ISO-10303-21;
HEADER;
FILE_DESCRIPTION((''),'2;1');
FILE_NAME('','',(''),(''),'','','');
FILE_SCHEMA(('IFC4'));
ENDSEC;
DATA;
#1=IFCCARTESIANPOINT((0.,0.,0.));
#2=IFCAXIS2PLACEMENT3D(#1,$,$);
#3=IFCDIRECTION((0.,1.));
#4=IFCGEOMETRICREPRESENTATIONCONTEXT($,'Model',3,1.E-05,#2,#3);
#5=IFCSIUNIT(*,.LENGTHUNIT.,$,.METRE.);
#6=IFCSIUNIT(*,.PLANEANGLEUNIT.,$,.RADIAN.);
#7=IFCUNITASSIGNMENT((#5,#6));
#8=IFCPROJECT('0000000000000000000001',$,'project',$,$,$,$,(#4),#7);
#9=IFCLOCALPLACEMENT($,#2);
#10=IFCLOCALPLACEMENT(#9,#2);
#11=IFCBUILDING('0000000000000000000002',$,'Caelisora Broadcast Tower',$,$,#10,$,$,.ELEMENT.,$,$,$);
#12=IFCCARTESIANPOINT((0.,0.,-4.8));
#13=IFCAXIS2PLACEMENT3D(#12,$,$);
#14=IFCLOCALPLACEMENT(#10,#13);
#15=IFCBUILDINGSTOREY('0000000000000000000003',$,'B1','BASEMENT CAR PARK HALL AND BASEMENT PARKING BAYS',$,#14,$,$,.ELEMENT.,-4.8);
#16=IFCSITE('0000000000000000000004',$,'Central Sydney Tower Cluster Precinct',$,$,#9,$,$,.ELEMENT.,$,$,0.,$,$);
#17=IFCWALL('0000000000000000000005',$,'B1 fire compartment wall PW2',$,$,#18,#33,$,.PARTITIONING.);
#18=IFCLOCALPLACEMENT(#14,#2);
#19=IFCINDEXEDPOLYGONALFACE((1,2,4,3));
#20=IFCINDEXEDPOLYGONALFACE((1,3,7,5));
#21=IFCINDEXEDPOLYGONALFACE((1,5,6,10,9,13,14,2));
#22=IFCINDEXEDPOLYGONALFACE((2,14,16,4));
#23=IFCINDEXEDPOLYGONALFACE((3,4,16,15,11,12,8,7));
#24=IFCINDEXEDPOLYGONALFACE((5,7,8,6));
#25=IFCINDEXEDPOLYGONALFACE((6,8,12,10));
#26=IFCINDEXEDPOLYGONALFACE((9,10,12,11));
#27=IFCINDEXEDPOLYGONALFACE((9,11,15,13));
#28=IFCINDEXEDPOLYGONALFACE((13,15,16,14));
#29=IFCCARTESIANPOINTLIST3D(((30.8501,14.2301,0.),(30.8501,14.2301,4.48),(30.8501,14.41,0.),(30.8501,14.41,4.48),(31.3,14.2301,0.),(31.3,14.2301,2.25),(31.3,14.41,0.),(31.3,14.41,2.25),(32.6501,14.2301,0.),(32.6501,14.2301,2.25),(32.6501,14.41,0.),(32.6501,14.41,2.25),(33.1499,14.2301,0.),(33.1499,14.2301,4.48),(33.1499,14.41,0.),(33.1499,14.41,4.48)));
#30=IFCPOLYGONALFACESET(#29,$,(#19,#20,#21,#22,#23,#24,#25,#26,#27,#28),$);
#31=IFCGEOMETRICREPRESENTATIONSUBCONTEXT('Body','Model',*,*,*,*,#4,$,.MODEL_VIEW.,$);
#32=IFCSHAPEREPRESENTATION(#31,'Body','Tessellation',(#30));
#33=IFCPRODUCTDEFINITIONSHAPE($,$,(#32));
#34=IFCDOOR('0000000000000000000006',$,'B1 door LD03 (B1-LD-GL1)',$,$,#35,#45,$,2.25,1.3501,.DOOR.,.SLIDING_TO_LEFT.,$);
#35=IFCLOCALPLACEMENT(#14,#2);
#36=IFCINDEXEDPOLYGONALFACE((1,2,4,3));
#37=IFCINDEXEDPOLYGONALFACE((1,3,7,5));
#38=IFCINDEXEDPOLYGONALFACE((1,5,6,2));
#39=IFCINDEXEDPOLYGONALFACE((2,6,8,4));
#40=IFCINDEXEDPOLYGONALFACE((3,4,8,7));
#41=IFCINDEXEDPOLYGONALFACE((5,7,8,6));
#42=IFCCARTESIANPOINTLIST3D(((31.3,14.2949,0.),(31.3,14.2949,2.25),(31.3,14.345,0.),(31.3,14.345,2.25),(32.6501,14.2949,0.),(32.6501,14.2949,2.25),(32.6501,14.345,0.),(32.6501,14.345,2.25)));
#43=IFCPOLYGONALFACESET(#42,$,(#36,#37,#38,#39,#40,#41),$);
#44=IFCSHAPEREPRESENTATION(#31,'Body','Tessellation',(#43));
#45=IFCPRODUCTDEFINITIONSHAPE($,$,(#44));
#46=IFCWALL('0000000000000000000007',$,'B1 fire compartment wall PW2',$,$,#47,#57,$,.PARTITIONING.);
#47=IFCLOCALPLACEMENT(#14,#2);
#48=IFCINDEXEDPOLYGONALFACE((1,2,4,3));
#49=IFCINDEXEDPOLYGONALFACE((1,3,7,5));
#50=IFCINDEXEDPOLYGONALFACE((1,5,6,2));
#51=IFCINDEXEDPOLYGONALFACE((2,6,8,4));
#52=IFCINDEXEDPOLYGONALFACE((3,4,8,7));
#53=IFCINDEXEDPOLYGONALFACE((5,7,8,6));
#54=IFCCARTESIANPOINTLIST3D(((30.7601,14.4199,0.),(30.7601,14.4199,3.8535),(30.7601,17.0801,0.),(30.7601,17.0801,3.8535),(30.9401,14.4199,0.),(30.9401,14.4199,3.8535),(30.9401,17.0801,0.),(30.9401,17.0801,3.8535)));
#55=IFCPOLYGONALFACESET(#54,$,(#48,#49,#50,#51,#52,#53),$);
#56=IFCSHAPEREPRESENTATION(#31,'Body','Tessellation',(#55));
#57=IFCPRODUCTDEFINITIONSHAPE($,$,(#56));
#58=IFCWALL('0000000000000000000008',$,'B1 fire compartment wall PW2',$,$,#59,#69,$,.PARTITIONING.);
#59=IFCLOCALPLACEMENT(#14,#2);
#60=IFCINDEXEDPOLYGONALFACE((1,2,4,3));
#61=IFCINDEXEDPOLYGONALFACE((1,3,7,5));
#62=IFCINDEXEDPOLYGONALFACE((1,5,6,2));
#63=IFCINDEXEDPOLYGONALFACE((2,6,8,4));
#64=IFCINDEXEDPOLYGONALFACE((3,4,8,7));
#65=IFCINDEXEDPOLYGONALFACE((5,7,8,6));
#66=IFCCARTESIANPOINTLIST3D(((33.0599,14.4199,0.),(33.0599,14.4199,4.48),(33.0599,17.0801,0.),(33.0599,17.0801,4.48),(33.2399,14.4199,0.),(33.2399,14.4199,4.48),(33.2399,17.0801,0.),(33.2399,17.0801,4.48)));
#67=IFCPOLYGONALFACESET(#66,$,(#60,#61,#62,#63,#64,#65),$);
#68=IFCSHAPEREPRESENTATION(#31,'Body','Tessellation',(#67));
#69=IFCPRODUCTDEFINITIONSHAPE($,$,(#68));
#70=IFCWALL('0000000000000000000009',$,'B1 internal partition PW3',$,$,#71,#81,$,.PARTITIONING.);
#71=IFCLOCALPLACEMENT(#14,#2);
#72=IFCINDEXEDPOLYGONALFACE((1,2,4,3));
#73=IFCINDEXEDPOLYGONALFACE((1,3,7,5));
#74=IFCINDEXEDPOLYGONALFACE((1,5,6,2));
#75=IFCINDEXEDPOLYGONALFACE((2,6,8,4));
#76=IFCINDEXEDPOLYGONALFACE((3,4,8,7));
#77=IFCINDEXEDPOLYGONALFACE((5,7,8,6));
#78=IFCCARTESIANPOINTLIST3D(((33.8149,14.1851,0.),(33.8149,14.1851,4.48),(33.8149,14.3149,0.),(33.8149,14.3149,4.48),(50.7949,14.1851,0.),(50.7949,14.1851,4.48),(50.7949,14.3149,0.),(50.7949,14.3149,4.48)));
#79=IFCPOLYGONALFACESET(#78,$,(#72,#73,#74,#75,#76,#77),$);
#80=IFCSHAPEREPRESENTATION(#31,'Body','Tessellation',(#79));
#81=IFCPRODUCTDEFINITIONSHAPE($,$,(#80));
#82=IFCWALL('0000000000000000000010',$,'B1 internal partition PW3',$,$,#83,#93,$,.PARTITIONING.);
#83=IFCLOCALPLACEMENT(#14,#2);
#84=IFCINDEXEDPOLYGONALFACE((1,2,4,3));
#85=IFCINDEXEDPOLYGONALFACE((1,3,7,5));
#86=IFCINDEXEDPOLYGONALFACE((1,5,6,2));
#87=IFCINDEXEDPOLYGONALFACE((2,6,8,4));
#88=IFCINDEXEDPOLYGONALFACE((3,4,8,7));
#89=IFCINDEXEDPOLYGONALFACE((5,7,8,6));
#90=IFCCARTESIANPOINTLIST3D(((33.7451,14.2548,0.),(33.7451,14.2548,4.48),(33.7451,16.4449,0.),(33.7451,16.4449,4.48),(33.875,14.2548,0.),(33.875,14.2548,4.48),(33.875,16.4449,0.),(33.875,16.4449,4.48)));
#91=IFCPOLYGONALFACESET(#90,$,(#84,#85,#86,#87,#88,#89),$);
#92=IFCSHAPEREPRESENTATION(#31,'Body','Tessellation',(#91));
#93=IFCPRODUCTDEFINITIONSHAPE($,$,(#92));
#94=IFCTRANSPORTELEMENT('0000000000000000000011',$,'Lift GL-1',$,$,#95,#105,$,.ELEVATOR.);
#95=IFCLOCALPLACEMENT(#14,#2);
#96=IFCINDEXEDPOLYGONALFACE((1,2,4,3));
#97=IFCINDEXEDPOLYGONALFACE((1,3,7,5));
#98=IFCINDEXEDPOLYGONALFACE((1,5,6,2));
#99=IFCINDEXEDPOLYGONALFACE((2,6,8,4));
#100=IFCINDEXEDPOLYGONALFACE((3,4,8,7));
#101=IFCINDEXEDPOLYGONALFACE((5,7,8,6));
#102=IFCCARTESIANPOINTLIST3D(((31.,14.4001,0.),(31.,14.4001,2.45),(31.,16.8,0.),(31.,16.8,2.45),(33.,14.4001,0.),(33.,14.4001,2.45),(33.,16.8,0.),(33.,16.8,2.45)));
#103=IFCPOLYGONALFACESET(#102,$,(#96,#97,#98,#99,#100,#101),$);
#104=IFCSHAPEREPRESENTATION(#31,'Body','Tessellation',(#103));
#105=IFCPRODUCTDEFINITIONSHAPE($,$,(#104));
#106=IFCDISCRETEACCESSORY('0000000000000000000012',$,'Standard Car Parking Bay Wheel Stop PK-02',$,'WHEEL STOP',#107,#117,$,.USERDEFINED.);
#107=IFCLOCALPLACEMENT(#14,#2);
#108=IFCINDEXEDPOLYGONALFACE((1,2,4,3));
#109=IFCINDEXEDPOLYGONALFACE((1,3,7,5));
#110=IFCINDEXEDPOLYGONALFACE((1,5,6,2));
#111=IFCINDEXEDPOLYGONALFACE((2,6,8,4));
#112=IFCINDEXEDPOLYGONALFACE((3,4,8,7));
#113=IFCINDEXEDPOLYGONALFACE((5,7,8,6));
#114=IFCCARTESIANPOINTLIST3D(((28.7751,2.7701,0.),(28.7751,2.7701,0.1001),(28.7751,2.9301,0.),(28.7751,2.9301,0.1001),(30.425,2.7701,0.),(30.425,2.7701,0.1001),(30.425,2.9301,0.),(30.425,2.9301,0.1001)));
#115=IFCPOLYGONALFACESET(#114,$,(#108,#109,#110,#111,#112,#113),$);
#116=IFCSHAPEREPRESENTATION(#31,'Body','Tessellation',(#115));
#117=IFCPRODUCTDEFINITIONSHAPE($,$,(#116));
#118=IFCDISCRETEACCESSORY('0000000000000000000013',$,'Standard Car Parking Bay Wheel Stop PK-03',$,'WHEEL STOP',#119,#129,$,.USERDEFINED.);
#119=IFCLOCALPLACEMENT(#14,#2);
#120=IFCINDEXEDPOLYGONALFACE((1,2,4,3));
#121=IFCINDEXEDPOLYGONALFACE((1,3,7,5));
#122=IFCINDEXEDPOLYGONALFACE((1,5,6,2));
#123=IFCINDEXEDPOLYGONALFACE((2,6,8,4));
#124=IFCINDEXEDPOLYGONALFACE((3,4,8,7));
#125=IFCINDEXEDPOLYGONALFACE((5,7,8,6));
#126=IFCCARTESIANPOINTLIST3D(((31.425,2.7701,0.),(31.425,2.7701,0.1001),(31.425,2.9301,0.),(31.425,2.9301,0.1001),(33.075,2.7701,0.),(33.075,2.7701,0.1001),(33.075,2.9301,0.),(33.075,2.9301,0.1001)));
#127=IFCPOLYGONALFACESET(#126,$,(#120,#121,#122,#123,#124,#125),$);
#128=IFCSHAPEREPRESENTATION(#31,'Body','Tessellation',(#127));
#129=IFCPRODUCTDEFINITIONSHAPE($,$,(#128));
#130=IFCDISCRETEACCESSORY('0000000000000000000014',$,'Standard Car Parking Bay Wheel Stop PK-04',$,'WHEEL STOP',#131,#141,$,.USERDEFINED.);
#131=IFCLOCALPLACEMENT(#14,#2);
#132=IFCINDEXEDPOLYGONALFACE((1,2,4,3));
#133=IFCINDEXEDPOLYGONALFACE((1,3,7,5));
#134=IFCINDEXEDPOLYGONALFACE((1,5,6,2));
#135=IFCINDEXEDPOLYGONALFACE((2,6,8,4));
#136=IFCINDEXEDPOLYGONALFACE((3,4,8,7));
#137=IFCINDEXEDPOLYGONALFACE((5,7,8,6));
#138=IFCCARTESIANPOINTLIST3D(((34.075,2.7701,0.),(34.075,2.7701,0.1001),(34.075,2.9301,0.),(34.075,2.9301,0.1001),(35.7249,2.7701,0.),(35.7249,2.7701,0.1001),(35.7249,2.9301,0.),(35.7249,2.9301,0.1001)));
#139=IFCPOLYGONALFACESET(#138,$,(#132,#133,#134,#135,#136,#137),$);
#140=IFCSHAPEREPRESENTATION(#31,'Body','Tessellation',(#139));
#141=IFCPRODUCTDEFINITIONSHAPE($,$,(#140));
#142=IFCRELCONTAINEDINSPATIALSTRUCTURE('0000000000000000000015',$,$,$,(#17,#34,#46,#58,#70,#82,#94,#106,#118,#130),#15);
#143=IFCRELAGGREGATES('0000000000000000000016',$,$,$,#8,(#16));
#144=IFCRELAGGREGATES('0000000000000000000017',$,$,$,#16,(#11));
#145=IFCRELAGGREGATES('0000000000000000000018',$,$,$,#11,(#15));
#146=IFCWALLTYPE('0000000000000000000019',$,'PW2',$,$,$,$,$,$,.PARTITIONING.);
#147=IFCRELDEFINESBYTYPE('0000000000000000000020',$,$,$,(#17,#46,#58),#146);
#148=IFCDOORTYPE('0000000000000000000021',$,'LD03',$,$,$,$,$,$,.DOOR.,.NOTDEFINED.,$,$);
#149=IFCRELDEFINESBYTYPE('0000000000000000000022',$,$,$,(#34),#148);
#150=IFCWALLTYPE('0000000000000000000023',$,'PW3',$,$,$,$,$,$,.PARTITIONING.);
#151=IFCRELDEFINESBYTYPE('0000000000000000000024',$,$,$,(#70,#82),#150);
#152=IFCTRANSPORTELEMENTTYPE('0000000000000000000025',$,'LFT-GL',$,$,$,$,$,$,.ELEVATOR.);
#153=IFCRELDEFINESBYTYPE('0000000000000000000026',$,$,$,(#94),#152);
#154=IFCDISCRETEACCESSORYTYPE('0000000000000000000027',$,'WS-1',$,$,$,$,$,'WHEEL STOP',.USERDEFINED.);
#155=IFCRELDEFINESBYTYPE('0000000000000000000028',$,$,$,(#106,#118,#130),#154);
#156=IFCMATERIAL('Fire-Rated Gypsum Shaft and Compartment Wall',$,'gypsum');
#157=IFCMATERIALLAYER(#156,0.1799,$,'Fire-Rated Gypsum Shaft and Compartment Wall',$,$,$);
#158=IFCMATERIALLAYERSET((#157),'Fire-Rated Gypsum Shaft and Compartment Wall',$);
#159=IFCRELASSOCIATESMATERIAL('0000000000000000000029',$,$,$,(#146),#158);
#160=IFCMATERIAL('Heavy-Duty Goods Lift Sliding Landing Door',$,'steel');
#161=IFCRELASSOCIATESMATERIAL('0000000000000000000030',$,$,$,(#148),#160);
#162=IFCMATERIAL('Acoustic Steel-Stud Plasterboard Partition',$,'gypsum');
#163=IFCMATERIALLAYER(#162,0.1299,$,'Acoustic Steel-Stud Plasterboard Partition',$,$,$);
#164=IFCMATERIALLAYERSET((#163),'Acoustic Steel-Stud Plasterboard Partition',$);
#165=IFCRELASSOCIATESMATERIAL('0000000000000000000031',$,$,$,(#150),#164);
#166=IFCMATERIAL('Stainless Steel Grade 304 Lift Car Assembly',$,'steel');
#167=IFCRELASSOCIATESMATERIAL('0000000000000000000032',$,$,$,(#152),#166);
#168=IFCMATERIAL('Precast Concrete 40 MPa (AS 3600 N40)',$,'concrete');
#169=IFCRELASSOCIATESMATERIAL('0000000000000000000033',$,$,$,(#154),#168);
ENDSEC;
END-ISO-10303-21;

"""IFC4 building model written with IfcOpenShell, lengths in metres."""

from ifc_helpers import new_model, si_unit, direction, frame, frame_2d, origin, origin_2d, place, context, subcontext, project, spatial, rectangle, extrude, source, transform, mapped, material, layer, layer_set, type_object, type_shapes, element, fill, save


model = new_model("IFC4")

# Units and contexts
model_context = context("Model", 3, precision=1e-05, world=origin(), true_north=direction((0.0, 1.0)))
body_context = subcontext(model_context, "Body", "Model", "MODEL_VIEW")
ifc_project = project(units=[si_unit("LENGTHUNIT", "METRE"), si_unit("PLANEANGLEUNIT", "RADIAN")], contexts=[model_context])

# Site, building, storey
site_placement = place(None, origin())
site = spatial("IfcSite", under=ifc_project, at=site_placement, Name="Central Sydney Tower Cluster Precinct", CompositionType="ELEMENT", RefElevation=0.0)
building_placement = place(site_placement, origin())
building = spatial("IfcBuilding", under=site, at=building_placement, Name="Caelisora Broadcast Tower", CompositionType="ELEMENT")
storey_placement = place(building_placement, frame((0.0, 0.0, -4.8)))
storey = spatial("IfcBuildingStorey", under=building, at=storey_placement, Name="B1", Description="BASEMENT CAR PARK HALL AND BASEMENT PARKING BAYS", CompositionType="ELEMENT", Elevation=-4.8)

# Wall, opening, door
ifc_material_1 = material(Name="Fire-Rated Gypsum Shaft and Compartment Wall", Category="gypsum")
ifc_layer_1 = layer(ifc_material_1, 0.1799, Name="Fire-Rated Gypsum Shaft and Compartment Wall")
ifc_layer_set_1 = layer_set([ifc_layer_1], Name="Fire-Rated Gypsum Shaft and Compartment Wall")
wall_type_1 = type_object("IfcWallType", Name="PW2", PredefinedType="PARTITIONING", material=ifc_layer_set_1)
wall_1_placement = place(storey_placement, frame((30.8501, 14.3201, 0.0), z_axis=(0.0, 0.0, 1.0), x_axis=(1.0, 0.0, 0.0)))
wall_1 = element("IfcWall", 1, at=wall_1_placement, inside=storey, type_object=wall_type_1, Name="B1 fire compartment wall PW2", PredefinedType="PARTITIONING", context=body_context, shape_type="SweptSolid", body=[
    extrude(rectangle(XDim=2.2998, YDim=0.1799, at=frame_2d((1.1499, 0.0))), origin(), (0.0, 0.0, 1.0), 4.48),
])
opening_1_placement = place(wall_1_placement, frame((0.45, 0.0, 0.0)))
opening_1 = element("IfcOpeningElement", 2, at=opening_1_placement, cuts=wall_1, PredefinedType="OPENING", context=body_context, shape_type="SweptSolid", body=[
    extrude(rectangle(XDim=1.3501, YDim=2.25, at=frame_2d((0.675, 1.125))), frame((0.0, 0.1021, 0.0), z_axis=(0.0, -1.0, 0.0), x_axis=(1.0, 0.0, 0.0)), (0.0, 0.0, 1.0), 0.2039),
])
ifc_material_2 = material(Name="Heavy-Duty Goods Lift Sliding Landing Door", Category="steel")
door_type_1 = type_object("IfcDoorType", Name="LD03", OperationType="NOTDEFINED", PredefinedType="DOOR", material=ifc_material_2)
door_1_placement = place(opening_1_placement, origin())
door_1 = element("IfcDoor", 3, at=door_1_placement, inside=storey, type_object=door_type_1, Name="B1 door LD03 (B1-LD-GL1)", OperationType="SLIDING_TO_LEFT", OverallHeight=2.25, OverallWidth=1.3501, PredefinedType="DOOR", context=body_context, shape_type="SweptSolid", body=[
    extrude(rectangle(XDim=1.3501, YDim=2.25, at=frame_2d((0.675, 1.125))), frame((0.0, 0.0249, 0.0), z_axis=(0.0, -1.0, 0.0), x_axis=(1.0, 0.0, 0.0)), (0.0, 0.0, 1.0), 0.05),
])
fill(opening_1, door_1)

# Walls
wall_2_placement = place(storey_placement, frame((30.8501, 14.4199, 0.0), z_axis=(0.0, 0.0, 1.0), x_axis=(0.0, 1.0, 0.0)))
element("IfcWall", 4, at=wall_2_placement, inside=storey, type_object=wall_type_1, Name="B1 fire compartment wall PW2", PredefinedType="PARTITIONING", context=body_context, shape_type="SweptSolid", body=[
    extrude(rectangle(XDim=2.6602, YDim=0.1799, at=frame_2d((1.3301, 0.0))), origin(), (0.0, 0.0, 1.0), 3.8535),
])
wall_3_placement = place(storey_placement, frame((33.1499, 14.4199, 0.0), z_axis=(0.0, 0.0, 1.0), x_axis=(0.0, 1.0, 0.0)))
element("IfcWall", 5, at=wall_3_placement, inside=storey, type_object=wall_type_1, Name="B1 fire compartment wall PW2", PredefinedType="PARTITIONING", context=body_context, shape_type="SweptSolid", body=[
    extrude(rectangle(XDim=2.6602, YDim=0.1799, at=frame_2d((1.3301, 0.0))), origin(), (0.0, 0.0, 1.0), 4.48),
])
ifc_material_3 = material(Name="Acoustic Steel-Stud Plasterboard Partition", Category="gypsum")
ifc_layer_2 = layer(ifc_material_3, 0.1299, Name="Acoustic Steel-Stud Plasterboard Partition")
ifc_layer_set_2 = layer_set([ifc_layer_2], Name="Acoustic Steel-Stud Plasterboard Partition")
wall_type_2 = type_object("IfcWallType", Name="PW3", PredefinedType="PARTITIONING", material=ifc_layer_set_2)
wall_4_placement = place(storey_placement, frame((33.8149, 14.25, 0.0), z_axis=(0.0, 0.0, 1.0), x_axis=(1.0, 0.0, 0.0)))
element("IfcWall", 6, at=wall_4_placement, inside=storey, type_object=wall_type_2, Name="B1 internal partition PW3", PredefinedType="PARTITIONING", context=body_context, shape_type="SweptSolid", body=[
    extrude(rectangle(XDim=16.98, YDim=0.1299, at=frame_2d((8.49, 0.0))), origin(), (0.0, 0.0, 1.0), 4.48),
])
wall_5_placement = place(storey_placement, frame((33.8101, 16.4451, 0.0), z_axis=(0.0, 0.0, 1.0), x_axis=(0.0, -1.0, 0.0)))
element("IfcWall", 7, at=wall_5_placement, inside=storey, type_object=wall_type_2, Name="B1 internal partition PW3", PredefinedType="PARTITIONING", context=body_context, shape_type="SweptSolid", body=[
    extrude(rectangle(XDim=2.1902, YDim=0.1299, at=frame_2d((1.0952, 0.0))), origin(), (0.0, 0.0, 1.0), 4.48),
])

# Transport element
ifc_material_4 = material(Name="Stainless Steel Grade 304 Lift Car Assembly", Category="steel")
transport_element_type = type_object("IfcTransportElementType", Name="LFT-GL", PredefinedType="ELEVATOR", material=ifc_material_4)
shared_shape_1 = source(origin(), body_context, "Body", "SweptSolid", [
    extrude(rectangle(XDim=2.0, YDim=2.3999, at=origin_2d()), origin(), (0.0, 0.0, 1.0), 2.45),
])
type_shapes(transport_element_type, [shared_shape_1])
transport_element_placement = place(storey_placement, frame((32.0, 15.6001, 0.0), z_axis=(0.0, 0.0, 1.0), x_axis=(1.0, 0.0, 0.0)))
element("IfcTransportElement", 8, at=transport_element_placement, inside=storey, type_object=transport_element_type, Name="Lift GL-1", PredefinedType="ELEVATOR", context=body_context, shape_type="MappedRepresentation", body=[
    mapped(shared_shape_1, transform((0.0, 0.0, 0.0), scale=1.0)),
])

# Discrete accessories
ifc_material_5 = material(Name="Precast Concrete 40 MPa (AS 3600 N40)", Category="concrete")
discrete_accessory_type = type_object("IfcDiscreteAccessoryType", Name="WS-1", ElementType="WHEEL STOP", PredefinedType="USERDEFINED", material=ifc_material_5)
shared_shape_2 = source(origin(), body_context, "Body", "SweptSolid", [
    extrude(rectangle(XDim=1.6499, YDim=0.1599, at=origin_2d()), origin(), (0.0, 0.0, 1.0), 0.1001),
])
type_shapes(discrete_accessory_type, [shared_shape_2])
for number, where, z_axis, x_axis, name in (
    (9, (29.6001, 2.8501, 0.0), (0.0, 0.0, 1.0), (1.0, 0.0, 0.0), "Standard Car Parking Bay Wheel Stop PK-02"),
    (10, (32.25, 2.8501, 0.0), (0.0, 0.0, 1.0), (1.0, 0.0, 0.0), "Standard Car Parking Bay Wheel Stop PK-03"),
    (11, (34.8999, 2.8501, 0.0), (0.0, 0.0, 1.0), (1.0, 0.0, 0.0), "Standard Car Parking Bay Wheel Stop PK-04"),
):
    element("IfcDiscreteAccessory", number, at=place(storey_placement, frame(where, z_axis=z_axis, x_axis=x_axis)), inside=storey, type_object=discrete_accessory_type, Name=name, ObjectType="WHEEL STOP", PredefinedType="USERDEFINED", context=body_context, shape_type="MappedRepresentation", body=[
        mapped(shared_shape_2, transform((0.0, 0.0, 0.0), scale=1.0)),
    ])

save(model, "model.ifc")
